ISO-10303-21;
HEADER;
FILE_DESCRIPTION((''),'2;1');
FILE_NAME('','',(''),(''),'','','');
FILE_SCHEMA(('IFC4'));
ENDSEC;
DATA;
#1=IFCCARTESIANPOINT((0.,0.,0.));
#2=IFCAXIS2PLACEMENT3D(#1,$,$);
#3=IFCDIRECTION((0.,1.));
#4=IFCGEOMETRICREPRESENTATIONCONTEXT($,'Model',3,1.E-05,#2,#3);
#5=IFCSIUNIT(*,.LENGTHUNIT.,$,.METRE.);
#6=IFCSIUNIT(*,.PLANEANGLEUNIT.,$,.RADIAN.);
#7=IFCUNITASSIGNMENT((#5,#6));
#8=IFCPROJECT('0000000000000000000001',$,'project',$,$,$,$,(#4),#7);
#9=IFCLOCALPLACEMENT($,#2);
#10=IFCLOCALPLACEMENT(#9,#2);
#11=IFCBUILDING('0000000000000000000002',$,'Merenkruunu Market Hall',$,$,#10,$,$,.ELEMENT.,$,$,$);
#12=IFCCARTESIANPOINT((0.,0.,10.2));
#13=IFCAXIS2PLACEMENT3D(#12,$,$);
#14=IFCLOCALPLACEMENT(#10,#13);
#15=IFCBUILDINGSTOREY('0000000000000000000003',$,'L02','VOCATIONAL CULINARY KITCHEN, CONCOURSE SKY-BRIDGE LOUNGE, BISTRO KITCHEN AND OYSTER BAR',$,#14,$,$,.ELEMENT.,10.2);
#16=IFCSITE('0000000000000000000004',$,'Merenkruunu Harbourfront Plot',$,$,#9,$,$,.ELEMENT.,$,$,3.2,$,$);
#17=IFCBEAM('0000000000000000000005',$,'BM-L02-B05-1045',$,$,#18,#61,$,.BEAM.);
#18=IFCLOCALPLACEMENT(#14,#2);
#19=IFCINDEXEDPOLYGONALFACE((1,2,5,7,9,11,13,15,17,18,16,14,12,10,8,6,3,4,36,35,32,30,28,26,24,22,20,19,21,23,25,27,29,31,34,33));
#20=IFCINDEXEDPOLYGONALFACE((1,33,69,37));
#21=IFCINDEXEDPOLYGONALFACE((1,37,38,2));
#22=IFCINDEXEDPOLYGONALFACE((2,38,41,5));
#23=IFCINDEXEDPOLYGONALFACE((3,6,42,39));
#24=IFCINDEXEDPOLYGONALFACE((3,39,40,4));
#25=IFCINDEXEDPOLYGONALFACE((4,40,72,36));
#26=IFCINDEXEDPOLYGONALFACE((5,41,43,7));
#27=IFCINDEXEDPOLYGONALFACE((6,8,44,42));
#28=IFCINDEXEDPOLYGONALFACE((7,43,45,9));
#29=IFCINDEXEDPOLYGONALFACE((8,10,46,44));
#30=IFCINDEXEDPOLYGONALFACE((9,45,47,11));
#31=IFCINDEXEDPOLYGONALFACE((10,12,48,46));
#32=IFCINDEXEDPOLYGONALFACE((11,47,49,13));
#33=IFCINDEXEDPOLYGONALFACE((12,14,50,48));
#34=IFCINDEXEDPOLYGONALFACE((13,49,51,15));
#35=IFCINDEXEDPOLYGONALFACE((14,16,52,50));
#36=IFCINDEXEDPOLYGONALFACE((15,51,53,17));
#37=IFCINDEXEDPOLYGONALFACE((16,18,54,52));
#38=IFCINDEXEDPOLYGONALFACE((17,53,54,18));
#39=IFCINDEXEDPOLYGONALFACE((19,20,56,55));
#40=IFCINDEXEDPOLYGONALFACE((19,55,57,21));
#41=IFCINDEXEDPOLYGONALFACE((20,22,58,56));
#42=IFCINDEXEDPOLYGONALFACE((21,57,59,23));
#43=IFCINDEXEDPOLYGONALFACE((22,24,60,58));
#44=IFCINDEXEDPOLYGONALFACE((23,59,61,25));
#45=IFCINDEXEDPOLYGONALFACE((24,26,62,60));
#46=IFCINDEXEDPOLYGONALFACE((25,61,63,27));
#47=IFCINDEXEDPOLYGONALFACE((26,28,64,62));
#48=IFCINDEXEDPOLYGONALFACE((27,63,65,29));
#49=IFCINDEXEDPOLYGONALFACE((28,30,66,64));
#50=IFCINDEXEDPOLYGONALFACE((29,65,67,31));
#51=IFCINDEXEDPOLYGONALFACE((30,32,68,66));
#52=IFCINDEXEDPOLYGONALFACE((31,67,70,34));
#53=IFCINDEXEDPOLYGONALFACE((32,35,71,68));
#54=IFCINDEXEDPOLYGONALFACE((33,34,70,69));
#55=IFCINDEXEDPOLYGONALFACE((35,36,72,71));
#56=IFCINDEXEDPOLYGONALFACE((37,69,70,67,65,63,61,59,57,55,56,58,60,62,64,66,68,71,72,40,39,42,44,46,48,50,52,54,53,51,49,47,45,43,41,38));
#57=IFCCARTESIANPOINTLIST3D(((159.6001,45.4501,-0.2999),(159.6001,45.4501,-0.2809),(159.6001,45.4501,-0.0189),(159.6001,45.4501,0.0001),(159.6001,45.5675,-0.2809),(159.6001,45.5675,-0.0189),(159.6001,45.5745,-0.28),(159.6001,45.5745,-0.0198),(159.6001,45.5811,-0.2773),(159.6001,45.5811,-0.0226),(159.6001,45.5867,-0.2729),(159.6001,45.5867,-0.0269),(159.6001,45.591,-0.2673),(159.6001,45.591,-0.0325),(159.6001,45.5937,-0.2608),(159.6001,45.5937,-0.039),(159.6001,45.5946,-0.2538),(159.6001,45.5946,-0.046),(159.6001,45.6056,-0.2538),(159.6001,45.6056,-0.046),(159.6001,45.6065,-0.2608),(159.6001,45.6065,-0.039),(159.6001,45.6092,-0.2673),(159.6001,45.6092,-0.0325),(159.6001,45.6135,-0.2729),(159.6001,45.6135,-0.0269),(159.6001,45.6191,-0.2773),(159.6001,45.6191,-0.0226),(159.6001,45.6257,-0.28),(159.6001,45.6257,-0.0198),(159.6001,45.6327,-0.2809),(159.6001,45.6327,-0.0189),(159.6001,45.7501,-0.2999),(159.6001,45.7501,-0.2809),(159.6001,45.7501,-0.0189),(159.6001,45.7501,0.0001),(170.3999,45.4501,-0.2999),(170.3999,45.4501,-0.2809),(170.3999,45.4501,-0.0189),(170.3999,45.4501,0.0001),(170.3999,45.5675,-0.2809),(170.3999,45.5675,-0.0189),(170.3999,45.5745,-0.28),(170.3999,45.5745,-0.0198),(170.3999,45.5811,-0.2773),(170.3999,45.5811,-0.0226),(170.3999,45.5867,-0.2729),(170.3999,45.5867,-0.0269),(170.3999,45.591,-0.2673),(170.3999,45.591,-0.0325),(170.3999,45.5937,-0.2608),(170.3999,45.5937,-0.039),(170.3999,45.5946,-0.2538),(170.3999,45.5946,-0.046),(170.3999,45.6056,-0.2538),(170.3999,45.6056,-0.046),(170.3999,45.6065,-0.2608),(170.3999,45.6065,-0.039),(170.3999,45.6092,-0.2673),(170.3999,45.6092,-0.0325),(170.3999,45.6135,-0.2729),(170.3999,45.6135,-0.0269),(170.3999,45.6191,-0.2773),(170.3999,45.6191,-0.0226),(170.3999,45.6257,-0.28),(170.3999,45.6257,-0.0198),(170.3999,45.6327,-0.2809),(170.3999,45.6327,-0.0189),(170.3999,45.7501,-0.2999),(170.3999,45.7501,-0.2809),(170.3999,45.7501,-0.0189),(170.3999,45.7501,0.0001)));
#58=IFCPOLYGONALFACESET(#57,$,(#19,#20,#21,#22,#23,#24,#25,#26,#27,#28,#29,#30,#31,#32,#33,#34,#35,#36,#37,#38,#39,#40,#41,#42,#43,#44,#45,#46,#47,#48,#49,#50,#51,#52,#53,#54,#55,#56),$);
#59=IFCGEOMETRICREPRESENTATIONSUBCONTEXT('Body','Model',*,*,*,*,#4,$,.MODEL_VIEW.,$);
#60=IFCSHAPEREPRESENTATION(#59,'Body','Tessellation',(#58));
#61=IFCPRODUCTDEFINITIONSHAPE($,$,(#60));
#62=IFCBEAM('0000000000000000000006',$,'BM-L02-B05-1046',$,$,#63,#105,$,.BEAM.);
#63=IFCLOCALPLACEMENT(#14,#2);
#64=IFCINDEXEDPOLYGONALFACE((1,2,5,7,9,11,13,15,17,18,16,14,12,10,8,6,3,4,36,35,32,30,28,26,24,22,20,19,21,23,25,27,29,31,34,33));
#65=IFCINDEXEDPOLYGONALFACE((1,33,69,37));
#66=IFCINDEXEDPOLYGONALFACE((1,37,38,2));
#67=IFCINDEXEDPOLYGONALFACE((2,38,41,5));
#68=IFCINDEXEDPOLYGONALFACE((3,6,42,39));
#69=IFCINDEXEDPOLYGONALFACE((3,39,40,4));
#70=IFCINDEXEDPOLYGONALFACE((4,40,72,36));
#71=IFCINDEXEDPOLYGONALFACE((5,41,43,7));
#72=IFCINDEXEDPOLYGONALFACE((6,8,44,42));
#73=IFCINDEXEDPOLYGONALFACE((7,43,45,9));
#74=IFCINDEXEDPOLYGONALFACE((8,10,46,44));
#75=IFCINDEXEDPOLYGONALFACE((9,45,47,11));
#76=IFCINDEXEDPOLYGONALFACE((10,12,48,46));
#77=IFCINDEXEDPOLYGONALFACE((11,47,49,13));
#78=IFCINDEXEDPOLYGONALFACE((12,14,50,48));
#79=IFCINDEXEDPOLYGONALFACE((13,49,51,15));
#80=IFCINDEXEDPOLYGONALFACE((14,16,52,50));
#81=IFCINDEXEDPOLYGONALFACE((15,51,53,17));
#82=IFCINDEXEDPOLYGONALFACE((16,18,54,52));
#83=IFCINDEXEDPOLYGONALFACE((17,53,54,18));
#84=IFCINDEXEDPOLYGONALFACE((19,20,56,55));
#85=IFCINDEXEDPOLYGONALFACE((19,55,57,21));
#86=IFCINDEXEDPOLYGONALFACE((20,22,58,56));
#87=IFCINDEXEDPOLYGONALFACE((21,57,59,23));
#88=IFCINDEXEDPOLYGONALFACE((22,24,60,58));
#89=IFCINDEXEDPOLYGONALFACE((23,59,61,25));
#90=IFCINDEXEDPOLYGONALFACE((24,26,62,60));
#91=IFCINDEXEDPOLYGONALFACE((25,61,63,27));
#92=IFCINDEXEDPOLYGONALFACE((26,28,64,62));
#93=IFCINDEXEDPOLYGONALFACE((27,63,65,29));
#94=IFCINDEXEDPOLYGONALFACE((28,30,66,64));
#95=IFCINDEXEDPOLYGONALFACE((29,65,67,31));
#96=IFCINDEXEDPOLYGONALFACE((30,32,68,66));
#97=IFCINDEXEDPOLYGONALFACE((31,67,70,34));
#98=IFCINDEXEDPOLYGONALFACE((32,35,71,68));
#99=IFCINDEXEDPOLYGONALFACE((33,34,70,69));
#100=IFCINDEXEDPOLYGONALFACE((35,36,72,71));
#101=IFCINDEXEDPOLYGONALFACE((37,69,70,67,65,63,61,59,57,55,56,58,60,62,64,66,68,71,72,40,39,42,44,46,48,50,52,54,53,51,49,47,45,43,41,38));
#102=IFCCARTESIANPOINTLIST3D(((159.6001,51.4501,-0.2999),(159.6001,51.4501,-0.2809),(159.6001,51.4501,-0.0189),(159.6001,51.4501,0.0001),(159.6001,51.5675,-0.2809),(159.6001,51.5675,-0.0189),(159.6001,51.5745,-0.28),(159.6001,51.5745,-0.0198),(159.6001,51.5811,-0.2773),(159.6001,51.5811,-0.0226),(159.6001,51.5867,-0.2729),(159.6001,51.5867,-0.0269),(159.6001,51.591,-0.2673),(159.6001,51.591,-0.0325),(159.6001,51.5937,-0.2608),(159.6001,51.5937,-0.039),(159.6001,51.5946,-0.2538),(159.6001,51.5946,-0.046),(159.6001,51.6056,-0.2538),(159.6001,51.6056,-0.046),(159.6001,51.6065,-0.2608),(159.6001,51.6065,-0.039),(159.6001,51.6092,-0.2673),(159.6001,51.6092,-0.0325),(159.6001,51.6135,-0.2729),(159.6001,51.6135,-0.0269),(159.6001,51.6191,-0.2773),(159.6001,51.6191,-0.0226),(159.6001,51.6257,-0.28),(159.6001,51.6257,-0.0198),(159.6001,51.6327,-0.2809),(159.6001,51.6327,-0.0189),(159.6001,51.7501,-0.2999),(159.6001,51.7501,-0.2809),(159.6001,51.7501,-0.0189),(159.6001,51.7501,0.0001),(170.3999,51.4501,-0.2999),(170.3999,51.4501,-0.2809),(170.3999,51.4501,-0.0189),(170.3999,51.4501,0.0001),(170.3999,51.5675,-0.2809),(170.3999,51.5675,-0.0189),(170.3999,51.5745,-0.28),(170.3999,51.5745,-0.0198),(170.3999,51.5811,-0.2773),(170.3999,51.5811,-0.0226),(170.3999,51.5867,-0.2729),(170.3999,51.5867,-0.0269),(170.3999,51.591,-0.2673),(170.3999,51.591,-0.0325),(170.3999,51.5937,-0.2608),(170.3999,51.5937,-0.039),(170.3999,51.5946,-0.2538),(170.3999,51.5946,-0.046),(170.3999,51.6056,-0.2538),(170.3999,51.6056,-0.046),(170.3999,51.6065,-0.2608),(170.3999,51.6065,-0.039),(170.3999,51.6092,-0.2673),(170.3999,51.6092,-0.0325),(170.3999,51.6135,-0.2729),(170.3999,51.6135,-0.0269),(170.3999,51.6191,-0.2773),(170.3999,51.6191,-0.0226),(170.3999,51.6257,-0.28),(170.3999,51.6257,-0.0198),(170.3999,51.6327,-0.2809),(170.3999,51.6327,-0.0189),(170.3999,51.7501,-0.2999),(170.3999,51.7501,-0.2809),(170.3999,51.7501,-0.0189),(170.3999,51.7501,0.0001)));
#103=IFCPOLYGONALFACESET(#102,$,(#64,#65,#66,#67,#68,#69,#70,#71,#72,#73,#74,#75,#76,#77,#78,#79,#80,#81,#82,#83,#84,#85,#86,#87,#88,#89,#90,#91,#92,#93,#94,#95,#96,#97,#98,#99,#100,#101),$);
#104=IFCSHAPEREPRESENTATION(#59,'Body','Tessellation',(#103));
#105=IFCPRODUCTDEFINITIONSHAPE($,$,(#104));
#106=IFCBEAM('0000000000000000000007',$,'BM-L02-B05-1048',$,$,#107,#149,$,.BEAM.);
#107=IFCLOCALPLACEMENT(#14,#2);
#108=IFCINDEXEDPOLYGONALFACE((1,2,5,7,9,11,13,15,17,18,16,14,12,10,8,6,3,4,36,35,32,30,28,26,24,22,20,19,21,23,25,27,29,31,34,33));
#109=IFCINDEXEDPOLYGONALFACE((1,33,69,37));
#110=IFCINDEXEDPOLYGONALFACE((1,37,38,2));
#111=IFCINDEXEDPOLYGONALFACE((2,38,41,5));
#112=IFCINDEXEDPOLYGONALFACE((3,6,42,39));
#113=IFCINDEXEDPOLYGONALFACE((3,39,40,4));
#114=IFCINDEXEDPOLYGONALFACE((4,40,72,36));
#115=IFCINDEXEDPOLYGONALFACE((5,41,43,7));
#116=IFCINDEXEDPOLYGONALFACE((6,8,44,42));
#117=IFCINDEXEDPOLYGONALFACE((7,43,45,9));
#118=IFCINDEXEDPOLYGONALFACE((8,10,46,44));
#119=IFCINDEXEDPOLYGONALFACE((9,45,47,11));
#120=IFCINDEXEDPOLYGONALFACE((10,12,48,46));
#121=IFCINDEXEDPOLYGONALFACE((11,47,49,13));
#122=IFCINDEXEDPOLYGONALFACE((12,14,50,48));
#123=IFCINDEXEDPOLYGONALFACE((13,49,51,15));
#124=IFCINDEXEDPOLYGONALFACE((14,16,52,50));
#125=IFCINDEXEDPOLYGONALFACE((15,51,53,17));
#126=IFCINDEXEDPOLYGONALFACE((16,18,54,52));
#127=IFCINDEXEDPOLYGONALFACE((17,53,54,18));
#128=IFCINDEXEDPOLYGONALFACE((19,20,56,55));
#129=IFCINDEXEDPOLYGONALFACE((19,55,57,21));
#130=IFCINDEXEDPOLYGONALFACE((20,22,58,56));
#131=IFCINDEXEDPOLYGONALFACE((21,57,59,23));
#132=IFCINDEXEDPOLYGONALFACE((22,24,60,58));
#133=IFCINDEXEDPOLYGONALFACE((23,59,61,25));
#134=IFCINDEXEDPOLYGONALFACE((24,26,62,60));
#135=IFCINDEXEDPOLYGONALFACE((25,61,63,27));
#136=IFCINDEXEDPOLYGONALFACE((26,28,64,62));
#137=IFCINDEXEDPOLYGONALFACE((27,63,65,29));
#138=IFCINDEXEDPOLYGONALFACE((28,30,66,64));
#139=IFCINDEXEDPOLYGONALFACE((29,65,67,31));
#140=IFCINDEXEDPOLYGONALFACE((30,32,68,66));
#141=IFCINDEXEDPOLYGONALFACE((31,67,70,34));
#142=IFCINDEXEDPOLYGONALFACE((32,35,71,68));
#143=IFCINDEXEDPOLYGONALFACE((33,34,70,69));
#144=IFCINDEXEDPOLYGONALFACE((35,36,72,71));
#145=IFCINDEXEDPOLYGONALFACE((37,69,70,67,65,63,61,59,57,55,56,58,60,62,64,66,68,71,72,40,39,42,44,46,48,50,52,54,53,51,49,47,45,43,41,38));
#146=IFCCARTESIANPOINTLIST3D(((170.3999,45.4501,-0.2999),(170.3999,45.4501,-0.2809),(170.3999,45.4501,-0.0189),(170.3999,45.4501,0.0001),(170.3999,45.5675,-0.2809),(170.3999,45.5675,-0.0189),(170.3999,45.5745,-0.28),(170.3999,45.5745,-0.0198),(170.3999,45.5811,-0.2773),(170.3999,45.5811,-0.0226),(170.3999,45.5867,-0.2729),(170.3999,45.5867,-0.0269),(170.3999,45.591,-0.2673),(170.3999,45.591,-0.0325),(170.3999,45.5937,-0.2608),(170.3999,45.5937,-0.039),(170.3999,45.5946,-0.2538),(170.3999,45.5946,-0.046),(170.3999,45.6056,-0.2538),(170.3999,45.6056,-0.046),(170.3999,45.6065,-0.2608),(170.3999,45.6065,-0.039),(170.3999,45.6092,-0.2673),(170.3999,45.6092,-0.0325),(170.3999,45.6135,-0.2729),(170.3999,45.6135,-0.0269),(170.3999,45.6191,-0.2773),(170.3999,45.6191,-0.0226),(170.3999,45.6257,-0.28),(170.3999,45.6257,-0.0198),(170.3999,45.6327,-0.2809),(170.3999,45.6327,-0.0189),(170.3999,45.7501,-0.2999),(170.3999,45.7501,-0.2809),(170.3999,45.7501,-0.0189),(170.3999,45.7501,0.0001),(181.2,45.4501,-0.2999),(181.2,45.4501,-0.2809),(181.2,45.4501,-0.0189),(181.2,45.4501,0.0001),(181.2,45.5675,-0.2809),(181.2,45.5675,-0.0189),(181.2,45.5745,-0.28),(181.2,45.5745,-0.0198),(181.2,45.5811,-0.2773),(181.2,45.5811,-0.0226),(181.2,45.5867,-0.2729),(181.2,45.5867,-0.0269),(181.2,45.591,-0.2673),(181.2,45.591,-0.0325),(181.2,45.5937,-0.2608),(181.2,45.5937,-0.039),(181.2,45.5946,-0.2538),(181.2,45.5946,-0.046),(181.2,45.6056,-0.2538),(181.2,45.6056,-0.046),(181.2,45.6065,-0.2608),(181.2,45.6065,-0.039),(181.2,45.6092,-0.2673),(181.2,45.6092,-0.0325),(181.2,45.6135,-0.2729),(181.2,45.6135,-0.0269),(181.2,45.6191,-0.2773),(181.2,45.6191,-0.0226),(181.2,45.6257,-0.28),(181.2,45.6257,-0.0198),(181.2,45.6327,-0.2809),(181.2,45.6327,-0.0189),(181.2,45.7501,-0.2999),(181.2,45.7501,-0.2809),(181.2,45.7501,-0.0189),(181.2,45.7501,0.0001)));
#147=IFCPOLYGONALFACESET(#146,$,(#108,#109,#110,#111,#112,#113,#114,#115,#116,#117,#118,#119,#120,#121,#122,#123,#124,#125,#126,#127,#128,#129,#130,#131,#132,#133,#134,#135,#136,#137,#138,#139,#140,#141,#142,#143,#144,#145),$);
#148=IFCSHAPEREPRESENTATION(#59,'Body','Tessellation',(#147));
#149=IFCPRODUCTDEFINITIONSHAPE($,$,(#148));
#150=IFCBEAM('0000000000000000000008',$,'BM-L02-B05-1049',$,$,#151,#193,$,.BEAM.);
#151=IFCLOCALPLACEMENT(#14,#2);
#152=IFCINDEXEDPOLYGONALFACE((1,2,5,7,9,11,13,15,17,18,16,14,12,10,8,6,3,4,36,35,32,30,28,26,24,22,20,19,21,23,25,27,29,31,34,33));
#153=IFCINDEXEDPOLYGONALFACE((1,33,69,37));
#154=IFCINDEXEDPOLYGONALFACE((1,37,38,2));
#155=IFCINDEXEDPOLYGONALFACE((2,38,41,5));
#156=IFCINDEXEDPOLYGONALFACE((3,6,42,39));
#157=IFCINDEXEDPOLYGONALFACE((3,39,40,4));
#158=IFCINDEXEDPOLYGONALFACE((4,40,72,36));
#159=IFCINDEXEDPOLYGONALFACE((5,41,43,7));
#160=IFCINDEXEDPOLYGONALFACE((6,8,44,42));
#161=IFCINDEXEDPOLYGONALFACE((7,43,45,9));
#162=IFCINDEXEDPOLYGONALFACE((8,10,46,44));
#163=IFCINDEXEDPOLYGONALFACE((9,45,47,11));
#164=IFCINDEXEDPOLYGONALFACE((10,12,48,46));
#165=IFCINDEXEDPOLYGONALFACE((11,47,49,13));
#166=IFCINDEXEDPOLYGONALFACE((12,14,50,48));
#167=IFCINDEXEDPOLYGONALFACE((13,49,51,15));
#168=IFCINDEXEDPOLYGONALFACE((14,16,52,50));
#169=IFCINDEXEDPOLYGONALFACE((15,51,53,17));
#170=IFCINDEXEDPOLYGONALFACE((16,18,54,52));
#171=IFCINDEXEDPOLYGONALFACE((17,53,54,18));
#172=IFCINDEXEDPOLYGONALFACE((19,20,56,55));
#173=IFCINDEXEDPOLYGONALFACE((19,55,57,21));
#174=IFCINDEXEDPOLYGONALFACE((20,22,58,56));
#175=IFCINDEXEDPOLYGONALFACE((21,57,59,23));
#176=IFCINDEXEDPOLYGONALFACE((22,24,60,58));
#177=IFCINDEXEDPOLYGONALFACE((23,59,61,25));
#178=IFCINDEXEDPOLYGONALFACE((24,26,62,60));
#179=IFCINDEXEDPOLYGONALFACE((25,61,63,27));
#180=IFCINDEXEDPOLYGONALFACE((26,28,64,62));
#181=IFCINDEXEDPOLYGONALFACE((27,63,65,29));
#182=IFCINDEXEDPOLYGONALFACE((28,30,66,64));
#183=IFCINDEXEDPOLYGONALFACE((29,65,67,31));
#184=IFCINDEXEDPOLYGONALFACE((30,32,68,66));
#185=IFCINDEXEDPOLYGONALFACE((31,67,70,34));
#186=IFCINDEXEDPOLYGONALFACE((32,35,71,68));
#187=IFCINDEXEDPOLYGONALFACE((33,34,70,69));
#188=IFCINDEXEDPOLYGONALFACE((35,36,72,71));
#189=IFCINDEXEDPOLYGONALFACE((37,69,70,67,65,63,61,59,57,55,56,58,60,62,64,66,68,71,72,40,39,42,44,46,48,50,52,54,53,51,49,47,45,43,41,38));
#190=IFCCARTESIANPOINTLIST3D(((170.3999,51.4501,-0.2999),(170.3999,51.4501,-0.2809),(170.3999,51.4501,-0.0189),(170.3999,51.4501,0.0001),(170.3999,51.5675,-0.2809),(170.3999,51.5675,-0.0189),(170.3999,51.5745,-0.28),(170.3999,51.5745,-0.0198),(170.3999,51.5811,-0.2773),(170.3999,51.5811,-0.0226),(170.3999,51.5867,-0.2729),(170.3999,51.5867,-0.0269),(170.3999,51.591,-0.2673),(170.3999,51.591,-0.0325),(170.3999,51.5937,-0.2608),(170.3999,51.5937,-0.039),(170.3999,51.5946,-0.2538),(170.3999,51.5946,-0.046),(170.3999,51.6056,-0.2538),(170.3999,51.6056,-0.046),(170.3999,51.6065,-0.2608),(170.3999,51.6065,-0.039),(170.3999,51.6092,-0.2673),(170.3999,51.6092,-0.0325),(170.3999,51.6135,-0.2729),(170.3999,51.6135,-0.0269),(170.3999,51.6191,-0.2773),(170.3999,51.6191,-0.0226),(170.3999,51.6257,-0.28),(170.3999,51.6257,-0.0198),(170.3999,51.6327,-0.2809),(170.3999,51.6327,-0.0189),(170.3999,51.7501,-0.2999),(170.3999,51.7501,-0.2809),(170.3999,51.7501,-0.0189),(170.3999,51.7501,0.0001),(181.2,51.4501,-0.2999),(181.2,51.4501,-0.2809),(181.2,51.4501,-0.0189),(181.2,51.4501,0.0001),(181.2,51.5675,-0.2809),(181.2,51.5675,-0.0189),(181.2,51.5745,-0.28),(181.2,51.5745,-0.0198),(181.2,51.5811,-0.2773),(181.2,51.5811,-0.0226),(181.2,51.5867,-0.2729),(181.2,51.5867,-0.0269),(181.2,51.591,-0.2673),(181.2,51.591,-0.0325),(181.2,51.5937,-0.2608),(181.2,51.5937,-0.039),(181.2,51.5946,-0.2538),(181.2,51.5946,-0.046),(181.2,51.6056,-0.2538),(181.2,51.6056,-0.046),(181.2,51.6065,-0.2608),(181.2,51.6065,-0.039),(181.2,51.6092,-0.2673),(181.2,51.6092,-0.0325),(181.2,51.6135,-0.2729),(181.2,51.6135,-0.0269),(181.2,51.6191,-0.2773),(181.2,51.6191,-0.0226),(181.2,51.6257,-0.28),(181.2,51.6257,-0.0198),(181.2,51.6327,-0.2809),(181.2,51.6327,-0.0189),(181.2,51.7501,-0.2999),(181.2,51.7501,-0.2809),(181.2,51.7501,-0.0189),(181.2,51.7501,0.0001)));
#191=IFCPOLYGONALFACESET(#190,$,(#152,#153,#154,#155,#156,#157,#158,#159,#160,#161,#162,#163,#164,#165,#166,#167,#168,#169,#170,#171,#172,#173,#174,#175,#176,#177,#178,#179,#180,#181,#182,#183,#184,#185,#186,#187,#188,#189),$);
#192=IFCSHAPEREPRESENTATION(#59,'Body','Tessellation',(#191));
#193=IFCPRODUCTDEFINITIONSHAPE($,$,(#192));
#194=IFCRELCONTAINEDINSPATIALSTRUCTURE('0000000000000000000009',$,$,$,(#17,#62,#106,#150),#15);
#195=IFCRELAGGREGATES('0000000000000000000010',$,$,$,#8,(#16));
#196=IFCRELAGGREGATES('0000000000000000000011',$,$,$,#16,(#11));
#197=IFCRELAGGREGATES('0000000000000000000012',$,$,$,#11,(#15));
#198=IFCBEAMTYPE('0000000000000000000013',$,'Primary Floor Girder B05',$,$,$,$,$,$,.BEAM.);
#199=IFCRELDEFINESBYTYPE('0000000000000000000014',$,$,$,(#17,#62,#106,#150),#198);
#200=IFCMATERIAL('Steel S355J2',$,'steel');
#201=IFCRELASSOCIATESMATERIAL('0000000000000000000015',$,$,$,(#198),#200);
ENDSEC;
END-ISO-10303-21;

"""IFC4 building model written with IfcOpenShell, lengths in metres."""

from ifc_helpers import new_model, si_unit, direction, frame, origin, origin_2d, place, context, subcontext, project, spatial, i_section, extrude, material, material_profile, profile_set, type_object, element, save


model = new_model("IFC4")

# Units and contexts
model_context = context("Model", 3, precision=1e-05, world=origin(), true_north=direction((0.0, 1.0)))
body_context = subcontext(model_context, "Body", "Model", "MODEL_VIEW")
ifc_project = project(units=[si_unit("LENGTHUNIT", "METRE"), si_unit("PLANEANGLEUNIT", "RADIAN")], contexts=[model_context])

# Site, building, storey
site_placement = place(None, origin())
site = spatial("IfcSite", under=ifc_project, at=site_placement, Name="Merenkruunu Harbourfront Plot", CompositionType="ELEMENT", RefElevation=3.2)
building_placement = place(site_placement, origin())
building = spatial("IfcBuilding", under=site, at=building_placement, Name="Merenkruunu Market Hall", CompositionType="ELEMENT")
storey_placement = place(building_placement, frame((0.0, 0.0, 10.2)))
storey = spatial("IfcBuildingStorey", under=building, at=storey_placement, Name="L02", Description="VOCATIONAL CULINARY KITCHEN, CONCOURSE SKY-BRIDGE LOUNGE, BISTRO KITCHEN AND OYSTER BAR", CompositionType="ELEMENT", Elevation=10.2)

# Beams
ifc_material_1 = material(Name="Steel S355J2", Category="steel")
ifc_material_profile_1 = material_profile(ifc_material_1, i_section(OverallWidth=0.3, OverallDepth=0.3, WebThickness=0.011, FlangeThickness=0.019, FilletRadius=0.0271, at=origin_2d()), Name="HEB 300")
ifc_profile_set_1 = profile_set([ifc_material_profile_1], Name="Steel S355J2")
beam_type = type_object("IfcBeamType", Name="Primary Floor Girder B05", PredefinedType="BEAM", material=ifc_profile_set_1)
for number, where, z_axis, x_axis, name in (
    (1, (159.6001, 45.6001, -0.1499), (1.0, 0.0, 0.0), (0.0, 1.0, 0.0), "BM-L02-B05-1045"),
    (2, (159.6001, 51.6001, -0.1499), (1.0, 0.0, 0.0), (0.0, 1.0, 0.0), "BM-L02-B05-1046"),
):
    element("IfcBeam", number, at=place(storey_placement, frame(where, z_axis=z_axis, x_axis=x_axis)), inside=storey, type_object=beam_type, Name=name, PredefinedType="BEAM", context=body_context, shape_type="SweptSolid", body=[
        extrude(i_section(OverallWidth=0.3, OverallDepth=0.3, WebThickness=0.011, FlangeThickness=0.019, FilletRadius=0.0271, at=origin_2d()), origin(), (0.0, 0.0, 1.0), 10.7998),
    ])
for number, where, z_axis, x_axis, name in (
    (3, (170.3999, 45.6001, -0.1499), (1.0, 0.0, 0.0), (0.0, 1.0, 0.0), "BM-L02-B05-1048"),
    (4, (170.3999, 51.6001, -0.1499), (1.0, 0.0, 0.0), (0.0, 1.0, 0.0), "BM-L02-B05-1049"),
):
    element("IfcBeam", number, at=place(storey_placement, frame(where, z_axis=z_axis, x_axis=x_axis)), inside=storey, type_object=beam_type, Name=name, PredefinedType="BEAM", context=body_context, shape_type="SweptSolid", body=[
        extrude(i_section(OverallWidth=0.3, OverallDepth=0.3, WebThickness=0.011, FlangeThickness=0.019, FilletRadius=0.0271, at=origin_2d()), origin(), (0.0, 0.0, 1.0), 10.8),
    ])

save(model, "model.ifc")
